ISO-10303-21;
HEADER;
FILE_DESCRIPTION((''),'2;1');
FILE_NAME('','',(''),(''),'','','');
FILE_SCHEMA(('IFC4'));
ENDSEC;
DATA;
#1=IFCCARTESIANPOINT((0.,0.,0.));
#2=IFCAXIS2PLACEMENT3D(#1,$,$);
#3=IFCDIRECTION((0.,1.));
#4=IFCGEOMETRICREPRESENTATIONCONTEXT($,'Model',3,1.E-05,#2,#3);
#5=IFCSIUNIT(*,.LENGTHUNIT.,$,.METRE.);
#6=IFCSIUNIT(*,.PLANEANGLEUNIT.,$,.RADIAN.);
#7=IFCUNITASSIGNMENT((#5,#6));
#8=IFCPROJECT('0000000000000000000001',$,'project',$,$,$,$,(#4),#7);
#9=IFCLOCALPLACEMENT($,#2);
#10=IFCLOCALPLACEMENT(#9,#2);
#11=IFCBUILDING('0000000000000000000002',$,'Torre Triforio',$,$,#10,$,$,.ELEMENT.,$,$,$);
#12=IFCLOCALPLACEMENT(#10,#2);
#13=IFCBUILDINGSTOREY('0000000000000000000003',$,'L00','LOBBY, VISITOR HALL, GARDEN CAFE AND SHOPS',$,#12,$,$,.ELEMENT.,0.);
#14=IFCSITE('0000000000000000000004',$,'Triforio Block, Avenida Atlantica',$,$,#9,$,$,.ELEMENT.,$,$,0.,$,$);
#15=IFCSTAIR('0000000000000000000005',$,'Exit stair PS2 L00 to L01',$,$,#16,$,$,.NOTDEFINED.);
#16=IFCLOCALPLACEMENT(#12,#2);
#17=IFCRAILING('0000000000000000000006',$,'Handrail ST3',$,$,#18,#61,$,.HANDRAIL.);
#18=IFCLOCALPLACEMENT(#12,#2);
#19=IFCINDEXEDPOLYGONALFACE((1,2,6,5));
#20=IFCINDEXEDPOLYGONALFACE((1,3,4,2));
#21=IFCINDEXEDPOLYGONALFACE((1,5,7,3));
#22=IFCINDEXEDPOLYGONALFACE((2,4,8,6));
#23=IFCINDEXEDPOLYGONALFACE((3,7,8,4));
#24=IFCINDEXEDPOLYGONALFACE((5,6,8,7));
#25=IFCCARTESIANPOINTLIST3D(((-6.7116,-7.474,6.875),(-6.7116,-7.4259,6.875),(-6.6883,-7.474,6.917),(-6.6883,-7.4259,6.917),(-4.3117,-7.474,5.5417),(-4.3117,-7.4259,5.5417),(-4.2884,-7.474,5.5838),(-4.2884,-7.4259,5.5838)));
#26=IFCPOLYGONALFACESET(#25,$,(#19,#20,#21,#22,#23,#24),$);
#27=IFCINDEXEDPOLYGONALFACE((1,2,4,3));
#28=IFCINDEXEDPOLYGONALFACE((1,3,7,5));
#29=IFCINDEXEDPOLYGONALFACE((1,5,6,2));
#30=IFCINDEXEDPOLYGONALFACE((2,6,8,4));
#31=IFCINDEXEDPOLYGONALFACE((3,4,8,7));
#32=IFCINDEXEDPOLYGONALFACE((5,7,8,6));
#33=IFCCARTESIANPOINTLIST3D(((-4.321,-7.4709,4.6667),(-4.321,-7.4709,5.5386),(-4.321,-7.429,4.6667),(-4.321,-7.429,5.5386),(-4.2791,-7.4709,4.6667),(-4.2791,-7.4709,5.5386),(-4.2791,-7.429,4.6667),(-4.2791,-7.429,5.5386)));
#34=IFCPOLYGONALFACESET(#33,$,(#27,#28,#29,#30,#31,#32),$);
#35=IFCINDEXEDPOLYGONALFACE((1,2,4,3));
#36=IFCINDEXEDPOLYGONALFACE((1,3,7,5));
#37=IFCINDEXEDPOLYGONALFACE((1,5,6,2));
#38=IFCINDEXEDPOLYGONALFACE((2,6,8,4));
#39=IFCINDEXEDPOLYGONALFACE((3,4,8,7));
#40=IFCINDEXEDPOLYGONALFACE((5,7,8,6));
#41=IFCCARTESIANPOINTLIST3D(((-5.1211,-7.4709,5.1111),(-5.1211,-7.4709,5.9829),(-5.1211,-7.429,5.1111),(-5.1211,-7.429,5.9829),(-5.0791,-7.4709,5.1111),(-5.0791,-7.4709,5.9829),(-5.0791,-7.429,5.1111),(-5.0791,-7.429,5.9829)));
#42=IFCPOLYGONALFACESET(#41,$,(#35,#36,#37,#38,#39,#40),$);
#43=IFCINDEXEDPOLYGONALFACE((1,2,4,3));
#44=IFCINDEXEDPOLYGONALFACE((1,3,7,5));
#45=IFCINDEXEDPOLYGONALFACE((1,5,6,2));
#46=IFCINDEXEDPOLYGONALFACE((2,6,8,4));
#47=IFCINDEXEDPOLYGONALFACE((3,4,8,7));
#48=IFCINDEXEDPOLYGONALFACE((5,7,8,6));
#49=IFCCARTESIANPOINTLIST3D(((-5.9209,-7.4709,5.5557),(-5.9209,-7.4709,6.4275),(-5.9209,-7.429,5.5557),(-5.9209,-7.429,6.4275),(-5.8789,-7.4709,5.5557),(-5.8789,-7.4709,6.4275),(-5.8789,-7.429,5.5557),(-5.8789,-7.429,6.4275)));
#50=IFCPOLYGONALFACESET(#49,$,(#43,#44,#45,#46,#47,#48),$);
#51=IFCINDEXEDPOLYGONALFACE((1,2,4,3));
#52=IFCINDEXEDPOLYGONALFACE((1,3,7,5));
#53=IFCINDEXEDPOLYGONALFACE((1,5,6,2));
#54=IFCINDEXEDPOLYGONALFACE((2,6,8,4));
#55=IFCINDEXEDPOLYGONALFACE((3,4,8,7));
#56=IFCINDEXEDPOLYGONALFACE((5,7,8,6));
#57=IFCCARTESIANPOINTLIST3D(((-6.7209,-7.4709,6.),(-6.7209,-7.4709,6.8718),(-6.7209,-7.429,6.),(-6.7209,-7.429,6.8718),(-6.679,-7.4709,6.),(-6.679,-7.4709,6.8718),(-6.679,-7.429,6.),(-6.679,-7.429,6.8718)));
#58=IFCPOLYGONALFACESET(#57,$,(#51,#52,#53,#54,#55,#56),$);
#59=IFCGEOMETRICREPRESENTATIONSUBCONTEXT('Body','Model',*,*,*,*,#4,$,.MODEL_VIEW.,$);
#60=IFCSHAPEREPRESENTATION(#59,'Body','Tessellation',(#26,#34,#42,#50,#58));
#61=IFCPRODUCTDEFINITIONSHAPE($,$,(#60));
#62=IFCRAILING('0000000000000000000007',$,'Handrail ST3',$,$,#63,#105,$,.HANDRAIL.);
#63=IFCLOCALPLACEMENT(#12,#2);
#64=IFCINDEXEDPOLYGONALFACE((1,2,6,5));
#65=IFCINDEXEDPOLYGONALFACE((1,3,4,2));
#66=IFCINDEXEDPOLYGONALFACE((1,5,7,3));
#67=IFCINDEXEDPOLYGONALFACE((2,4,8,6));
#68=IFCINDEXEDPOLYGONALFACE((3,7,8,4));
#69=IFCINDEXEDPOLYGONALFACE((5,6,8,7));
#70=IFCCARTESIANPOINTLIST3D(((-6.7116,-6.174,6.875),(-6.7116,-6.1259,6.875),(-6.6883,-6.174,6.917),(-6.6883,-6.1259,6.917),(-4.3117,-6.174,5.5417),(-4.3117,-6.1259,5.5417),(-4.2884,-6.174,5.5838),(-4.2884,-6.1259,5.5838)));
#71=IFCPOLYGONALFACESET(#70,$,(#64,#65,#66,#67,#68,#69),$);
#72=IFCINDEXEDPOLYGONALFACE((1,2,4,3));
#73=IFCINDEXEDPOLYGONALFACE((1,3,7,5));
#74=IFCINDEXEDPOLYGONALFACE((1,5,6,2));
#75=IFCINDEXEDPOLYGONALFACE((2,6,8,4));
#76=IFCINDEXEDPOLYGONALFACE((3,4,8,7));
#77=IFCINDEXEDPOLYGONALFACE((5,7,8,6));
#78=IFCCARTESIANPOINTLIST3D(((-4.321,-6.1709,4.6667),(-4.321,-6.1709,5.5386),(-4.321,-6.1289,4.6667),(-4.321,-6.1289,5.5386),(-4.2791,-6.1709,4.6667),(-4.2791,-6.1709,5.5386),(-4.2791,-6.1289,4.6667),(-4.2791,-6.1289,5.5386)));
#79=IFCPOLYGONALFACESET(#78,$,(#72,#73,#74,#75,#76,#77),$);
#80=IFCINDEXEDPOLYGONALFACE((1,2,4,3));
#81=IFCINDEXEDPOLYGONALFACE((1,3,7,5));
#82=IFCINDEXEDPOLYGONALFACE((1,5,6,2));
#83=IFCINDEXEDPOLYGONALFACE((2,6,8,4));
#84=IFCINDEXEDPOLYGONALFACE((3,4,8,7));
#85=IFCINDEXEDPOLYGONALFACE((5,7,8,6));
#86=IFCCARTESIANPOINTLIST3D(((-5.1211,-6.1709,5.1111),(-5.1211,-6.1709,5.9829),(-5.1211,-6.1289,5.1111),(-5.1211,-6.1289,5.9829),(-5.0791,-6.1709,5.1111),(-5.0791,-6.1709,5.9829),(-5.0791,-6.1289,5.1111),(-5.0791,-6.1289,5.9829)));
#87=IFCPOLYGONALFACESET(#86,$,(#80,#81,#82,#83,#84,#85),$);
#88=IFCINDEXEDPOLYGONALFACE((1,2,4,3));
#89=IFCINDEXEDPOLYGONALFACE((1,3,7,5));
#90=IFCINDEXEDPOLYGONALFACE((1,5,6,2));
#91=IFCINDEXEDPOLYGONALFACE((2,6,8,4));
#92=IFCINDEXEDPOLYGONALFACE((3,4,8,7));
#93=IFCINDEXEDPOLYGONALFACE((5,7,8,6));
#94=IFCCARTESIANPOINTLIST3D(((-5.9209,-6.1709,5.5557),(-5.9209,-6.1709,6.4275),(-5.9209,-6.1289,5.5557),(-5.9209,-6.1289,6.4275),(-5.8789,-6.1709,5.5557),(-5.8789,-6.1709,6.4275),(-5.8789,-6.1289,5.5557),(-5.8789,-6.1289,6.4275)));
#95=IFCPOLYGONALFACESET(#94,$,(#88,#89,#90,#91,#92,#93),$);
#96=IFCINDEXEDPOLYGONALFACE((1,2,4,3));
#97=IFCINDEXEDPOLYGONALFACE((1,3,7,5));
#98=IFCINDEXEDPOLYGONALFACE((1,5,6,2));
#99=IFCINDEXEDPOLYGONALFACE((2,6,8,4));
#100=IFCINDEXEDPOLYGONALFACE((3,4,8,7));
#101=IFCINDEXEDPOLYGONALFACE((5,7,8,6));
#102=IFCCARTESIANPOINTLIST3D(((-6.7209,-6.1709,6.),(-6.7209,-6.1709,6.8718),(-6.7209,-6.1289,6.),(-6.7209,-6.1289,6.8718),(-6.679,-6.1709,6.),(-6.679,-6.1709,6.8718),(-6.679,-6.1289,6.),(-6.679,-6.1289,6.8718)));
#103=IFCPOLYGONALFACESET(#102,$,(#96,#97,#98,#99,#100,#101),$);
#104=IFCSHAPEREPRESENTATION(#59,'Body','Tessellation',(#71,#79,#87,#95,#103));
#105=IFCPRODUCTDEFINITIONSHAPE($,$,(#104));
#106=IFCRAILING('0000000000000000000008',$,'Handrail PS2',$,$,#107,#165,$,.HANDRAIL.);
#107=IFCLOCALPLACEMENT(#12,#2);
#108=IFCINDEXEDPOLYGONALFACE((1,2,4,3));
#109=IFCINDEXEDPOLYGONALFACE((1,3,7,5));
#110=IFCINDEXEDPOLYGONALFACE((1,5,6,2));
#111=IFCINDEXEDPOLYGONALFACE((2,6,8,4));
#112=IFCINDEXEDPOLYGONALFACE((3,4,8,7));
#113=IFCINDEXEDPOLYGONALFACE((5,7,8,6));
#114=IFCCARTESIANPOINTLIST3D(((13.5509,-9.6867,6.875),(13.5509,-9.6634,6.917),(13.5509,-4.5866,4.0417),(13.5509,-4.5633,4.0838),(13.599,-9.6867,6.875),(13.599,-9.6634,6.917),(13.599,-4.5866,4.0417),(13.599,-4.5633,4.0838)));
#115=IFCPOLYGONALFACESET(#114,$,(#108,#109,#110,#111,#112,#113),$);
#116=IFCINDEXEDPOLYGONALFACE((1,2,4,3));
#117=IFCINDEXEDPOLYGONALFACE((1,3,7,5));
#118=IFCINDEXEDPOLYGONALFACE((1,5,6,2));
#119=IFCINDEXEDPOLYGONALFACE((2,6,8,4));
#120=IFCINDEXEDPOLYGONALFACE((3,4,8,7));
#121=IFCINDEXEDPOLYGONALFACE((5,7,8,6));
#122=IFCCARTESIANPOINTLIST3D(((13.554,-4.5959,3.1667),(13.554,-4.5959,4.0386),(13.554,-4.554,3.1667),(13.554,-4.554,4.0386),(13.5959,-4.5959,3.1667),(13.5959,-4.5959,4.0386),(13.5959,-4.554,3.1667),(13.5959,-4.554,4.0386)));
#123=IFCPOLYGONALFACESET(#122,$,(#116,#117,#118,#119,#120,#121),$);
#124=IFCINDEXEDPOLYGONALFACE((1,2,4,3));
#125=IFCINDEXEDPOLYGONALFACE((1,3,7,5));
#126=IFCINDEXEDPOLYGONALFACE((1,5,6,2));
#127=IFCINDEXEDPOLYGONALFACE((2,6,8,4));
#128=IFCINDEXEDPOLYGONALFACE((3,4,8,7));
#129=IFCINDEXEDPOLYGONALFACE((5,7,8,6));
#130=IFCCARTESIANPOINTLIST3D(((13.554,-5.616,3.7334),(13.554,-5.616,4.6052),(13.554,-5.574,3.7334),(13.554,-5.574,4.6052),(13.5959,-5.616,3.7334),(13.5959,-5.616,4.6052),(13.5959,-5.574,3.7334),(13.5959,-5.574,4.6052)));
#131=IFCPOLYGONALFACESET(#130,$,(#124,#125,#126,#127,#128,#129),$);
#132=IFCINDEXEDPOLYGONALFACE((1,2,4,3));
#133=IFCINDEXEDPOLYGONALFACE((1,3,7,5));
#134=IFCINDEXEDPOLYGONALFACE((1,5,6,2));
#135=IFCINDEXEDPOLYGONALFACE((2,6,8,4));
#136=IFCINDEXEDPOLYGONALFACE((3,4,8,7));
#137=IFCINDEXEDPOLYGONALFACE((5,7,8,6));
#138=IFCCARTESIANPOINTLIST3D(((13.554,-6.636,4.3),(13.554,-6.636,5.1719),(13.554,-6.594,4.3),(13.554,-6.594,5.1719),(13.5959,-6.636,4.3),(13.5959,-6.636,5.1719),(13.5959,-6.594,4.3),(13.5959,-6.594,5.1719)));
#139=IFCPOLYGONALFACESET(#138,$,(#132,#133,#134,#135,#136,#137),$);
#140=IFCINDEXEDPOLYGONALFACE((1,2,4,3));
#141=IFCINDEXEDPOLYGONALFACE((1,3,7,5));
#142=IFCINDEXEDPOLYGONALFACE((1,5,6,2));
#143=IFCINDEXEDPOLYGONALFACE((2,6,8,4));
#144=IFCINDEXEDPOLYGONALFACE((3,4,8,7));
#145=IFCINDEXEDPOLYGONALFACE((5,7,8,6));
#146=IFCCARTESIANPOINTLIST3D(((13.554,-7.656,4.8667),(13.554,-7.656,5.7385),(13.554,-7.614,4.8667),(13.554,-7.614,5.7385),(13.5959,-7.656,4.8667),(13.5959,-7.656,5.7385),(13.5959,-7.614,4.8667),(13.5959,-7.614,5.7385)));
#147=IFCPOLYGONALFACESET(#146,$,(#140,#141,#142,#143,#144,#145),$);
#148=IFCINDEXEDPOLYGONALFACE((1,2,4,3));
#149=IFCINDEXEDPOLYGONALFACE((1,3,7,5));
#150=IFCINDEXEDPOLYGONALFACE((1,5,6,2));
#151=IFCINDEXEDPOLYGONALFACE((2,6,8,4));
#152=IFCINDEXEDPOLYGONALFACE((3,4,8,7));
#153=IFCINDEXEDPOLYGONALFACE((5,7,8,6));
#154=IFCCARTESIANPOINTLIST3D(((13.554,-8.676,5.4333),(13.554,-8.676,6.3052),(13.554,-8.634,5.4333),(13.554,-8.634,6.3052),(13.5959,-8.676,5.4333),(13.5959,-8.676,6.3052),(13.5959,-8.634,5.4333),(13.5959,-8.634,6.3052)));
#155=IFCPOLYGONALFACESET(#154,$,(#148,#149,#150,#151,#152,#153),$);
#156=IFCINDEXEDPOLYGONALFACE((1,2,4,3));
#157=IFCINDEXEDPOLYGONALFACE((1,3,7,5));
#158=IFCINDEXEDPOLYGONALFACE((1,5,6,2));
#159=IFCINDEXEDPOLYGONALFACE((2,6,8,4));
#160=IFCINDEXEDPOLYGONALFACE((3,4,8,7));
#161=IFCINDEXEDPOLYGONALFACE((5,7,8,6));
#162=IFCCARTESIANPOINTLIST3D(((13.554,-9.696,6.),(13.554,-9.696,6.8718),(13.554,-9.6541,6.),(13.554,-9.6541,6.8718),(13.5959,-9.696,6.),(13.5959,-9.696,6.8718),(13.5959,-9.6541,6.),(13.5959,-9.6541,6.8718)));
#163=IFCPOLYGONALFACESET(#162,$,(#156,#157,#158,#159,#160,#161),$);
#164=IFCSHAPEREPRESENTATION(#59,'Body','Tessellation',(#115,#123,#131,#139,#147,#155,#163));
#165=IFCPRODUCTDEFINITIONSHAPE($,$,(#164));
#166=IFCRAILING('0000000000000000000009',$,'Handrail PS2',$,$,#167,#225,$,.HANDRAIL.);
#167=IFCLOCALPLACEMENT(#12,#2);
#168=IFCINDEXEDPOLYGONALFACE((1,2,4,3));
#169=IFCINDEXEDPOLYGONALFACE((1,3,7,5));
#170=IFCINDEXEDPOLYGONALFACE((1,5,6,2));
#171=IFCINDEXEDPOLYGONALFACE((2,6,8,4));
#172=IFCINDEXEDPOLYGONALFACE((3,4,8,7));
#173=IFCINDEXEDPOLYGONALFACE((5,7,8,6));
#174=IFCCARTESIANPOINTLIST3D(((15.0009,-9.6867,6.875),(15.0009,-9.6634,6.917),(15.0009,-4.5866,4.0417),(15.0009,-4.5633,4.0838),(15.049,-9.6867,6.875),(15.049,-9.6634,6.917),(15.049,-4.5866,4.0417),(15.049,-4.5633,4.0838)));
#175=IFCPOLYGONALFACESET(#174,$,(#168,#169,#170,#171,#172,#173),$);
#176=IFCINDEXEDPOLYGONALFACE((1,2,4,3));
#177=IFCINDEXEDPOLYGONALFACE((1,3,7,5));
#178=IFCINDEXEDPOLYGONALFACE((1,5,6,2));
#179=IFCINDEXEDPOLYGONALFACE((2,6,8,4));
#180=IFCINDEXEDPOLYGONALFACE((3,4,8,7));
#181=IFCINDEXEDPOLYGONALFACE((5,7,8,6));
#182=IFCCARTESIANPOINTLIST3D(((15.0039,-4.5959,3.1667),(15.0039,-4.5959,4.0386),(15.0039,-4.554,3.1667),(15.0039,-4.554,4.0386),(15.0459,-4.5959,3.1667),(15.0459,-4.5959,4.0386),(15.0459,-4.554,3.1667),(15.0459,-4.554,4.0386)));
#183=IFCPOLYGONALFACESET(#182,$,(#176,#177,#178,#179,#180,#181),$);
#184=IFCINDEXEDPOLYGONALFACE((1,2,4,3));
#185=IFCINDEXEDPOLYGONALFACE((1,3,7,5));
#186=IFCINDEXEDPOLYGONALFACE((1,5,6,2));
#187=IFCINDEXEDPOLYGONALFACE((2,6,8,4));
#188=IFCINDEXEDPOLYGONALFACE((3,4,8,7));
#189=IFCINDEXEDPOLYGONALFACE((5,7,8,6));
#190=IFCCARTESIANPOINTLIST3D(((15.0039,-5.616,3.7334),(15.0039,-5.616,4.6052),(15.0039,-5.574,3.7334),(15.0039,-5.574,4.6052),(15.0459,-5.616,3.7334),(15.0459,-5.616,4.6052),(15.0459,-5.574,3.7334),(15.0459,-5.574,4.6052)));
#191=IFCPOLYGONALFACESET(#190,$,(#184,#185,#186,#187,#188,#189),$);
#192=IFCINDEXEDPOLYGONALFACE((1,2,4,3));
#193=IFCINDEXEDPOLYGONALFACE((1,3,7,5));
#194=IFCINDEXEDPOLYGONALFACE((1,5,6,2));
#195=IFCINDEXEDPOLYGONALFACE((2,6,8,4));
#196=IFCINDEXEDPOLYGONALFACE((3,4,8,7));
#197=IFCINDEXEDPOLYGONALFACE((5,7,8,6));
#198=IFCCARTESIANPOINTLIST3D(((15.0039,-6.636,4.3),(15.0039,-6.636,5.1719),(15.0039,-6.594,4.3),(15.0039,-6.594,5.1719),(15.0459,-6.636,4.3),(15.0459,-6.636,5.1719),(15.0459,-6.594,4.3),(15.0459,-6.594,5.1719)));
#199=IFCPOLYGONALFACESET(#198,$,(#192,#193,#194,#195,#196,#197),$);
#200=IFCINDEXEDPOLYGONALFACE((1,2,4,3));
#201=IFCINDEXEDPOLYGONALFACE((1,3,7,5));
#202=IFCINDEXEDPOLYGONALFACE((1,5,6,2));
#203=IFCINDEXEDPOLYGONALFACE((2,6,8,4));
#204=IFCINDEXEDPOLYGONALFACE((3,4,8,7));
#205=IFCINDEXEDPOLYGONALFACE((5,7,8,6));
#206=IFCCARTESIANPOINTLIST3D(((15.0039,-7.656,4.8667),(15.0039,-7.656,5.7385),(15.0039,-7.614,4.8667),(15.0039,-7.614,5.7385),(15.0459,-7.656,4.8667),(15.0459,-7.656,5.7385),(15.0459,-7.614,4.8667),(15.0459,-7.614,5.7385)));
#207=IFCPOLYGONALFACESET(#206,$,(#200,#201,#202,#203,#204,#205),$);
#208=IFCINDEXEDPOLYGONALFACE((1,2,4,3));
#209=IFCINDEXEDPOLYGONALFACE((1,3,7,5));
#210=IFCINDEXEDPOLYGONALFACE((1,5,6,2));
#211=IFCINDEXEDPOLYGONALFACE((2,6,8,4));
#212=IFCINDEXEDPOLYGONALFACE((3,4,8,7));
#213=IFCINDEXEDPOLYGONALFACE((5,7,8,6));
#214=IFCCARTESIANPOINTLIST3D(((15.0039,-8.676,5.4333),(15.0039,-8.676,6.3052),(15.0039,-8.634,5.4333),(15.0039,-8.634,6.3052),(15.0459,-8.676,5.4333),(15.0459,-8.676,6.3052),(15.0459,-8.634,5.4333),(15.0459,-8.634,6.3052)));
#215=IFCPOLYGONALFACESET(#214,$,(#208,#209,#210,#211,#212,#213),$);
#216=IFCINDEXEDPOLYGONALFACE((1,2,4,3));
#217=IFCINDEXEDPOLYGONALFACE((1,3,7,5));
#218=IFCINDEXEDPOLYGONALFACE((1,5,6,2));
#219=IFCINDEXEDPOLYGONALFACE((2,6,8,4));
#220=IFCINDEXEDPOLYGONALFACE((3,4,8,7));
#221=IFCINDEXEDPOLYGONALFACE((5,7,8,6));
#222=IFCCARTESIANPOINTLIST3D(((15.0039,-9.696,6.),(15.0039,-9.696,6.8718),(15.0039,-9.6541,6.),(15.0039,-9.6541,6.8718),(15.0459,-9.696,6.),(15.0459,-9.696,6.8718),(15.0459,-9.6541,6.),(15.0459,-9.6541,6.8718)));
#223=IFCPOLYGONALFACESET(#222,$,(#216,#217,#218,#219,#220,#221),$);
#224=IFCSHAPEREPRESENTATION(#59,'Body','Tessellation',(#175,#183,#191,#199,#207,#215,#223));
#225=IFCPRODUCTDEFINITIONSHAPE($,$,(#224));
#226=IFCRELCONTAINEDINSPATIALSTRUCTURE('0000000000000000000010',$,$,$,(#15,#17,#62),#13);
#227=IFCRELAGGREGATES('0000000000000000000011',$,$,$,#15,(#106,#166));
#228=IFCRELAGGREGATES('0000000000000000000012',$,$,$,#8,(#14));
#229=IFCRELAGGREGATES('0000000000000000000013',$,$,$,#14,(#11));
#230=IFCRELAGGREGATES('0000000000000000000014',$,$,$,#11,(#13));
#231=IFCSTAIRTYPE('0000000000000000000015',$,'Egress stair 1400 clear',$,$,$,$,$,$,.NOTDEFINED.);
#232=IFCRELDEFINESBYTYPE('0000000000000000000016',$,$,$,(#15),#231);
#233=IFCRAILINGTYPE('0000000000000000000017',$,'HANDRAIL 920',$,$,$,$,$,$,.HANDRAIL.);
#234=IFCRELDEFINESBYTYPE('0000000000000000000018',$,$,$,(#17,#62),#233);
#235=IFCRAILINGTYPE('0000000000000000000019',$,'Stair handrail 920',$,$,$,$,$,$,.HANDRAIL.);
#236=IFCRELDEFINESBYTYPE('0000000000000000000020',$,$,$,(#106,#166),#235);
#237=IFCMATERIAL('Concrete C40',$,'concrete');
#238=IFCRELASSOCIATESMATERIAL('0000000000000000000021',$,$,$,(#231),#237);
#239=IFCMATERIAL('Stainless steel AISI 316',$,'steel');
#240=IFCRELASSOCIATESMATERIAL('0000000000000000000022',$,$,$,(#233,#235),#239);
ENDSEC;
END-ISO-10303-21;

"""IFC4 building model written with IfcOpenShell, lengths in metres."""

from ifc_helpers import new_model, si_unit, direction, frame, origin, origin_2d, place, context, subcontext, project, spatial, rectangle, extrude, material, type_object, element, aggregate, save


model = new_model("IFC4")

# Units and contexts
model_context = context("Model", 3, precision=1e-05, world=origin(), true_north=direction((0.0, 1.0)))
body_context = subcontext(model_context, "Body", "Model", "MODEL_VIEW")
ifc_project = project(units=[si_unit("LENGTHUNIT", "METRE"), si_unit("PLANEANGLEUNIT", "RADIAN")], contexts=[model_context])

# Site, building, storey
site_placement = place(None, origin())
site = spatial("IfcSite", under=ifc_project, at=site_placement, Name="Triforio Block, Avenida Atlantica", CompositionType="ELEMENT", RefElevation=0.0)
building_placement = place(site_placement, origin())
building = spatial("IfcBuilding", under=site, at=building_placement, Name="Torre Triforio", CompositionType="ELEMENT")
storey_placement = place(building_placement, origin())
storey = spatial("IfcBuildingStorey", under=building, at=storey_placement, Name="L00", Description="LOBBY, VISITOR HALL, GARDEN CAFE AND SHOPS", CompositionType="ELEMENT", Elevation=0.0)

# Stair
ifc_material_1 = material(Name="Concrete C40", Category="concrete")
stair_type_1 = type_object("IfcStairType", Name="Egress stair 1400 clear", PredefinedType="NOTDEFINED", material=ifc_material_1)
stair_1_placement = place(storey_placement, origin())
stair_1 = element("IfcStair", 1, at=stair_1_placement, inside=storey, type_object=stair_type_1, Name="Exit stair PS2 L00 to L01", PredefinedType="NOTDEFINED")

# Railings
ifc_material_2 = material(Name="Stainless steel AISI 316", Category="steel")
railing_type_1 = type_object("IfcRailingType", Name="HANDRAIL 920", PredefinedType="HANDRAIL", material=ifc_material_2)
for number, where, name in (
    (2, (-4.3, -7.45, 4.6667), "Handrail ST3"),
    (3, (-4.3, -6.1499, 4.6667), "Handrail ST3"),
):
    element("IfcRailing", number, at=place(storey_placement, frame(where)), inside=storey, type_object=railing_type_1, Name=name, PredefinedType="HANDRAIL", context=body_context, shape_type="SweptSolid", body=[
        extrude(rectangle(XDim=0.0481, YDim=0.0481, at=origin_2d()), frame((0.0, 0.0, 0.896), z_axis=(-0.874161, 0.0, 0.485635), x_axis=(0.0, -1.0, 0.0)), (0.0, 0.0, 1.0), 2.7454),
        extrude(rectangle(XDim=0.042, YDim=0.042, at=origin_2d()), origin(), (0.0, 0.0, 1.0), 0.8718),
        extrude(rectangle(XDim=0.042, YDim=0.042, at=origin_2d()), frame((-0.8, 0.0, 0.4443)), (0.0, 0.0, 1.0), 0.8718),
        extrude(rectangle(XDim=0.042, YDim=0.042, at=origin_2d()), frame((-1.5999, 0.0, 0.8889)), (0.0, 0.0, 1.0), 0.8718),
        extrude(rectangle(XDim=0.042, YDim=0.042, at=origin_2d()), frame((-2.3999, 0.0, 1.3333)), (0.0, 0.0, 1.0), 0.8718),
    ])

# Railings
railing_type_2 = type_object("IfcRailingType", Name="Stair handrail 920", PredefinedType="HANDRAIL", material=ifc_material_2)
railing_1_placement = place(storey_placement, frame((13.575, -4.575, 3.1667)))
railing_1 = element("IfcRailing", 4, at=railing_1_placement, type_object=railing_type_2, Name="Handrail PS2", PredefinedType="HANDRAIL", context=body_context, shape_type="SweptSolid", body=[
    extrude(rectangle(XDim=0.0481, YDim=0.0481, at=origin_2d()), frame((0.0, 0.0, 0.896), z_axis=(0.0, -0.874167, 0.485625), x_axis=(1.0, 0.0, 0.0)), (0.0, 0.0, 1.0), 5.8342),
    extrude(rectangle(XDim=0.042, YDim=0.042, at=origin_2d()), origin(), (0.0, 0.0, 1.0), 0.8718),
    extrude(rectangle(XDim=0.042, YDim=0.042, at=origin_2d()), frame((0.0, -1.02, 0.5667)), (0.0, 0.0, 1.0), 0.8718),
    extrude(rectangle(XDim=0.042, YDim=0.042, at=origin_2d()), frame((0.0, -2.04, 1.1333)), (0.0, 0.0, 1.0), 0.8718),
    extrude(rectangle(XDim=0.042, YDim=0.042, at=origin_2d()), frame((0.0, -3.0601, 1.7)), (0.0, 0.0, 1.0), 0.8718),
    extrude(rectangle(XDim=0.042, YDim=0.042, at=origin_2d()), frame((0.0, -4.0801, 2.2666)), (0.0, 0.0, 1.0), 0.8718),
    extrude(rectangle(XDim=0.042, YDim=0.042, at=origin_2d()), frame((0.0, -5.1001, 2.8333)), (0.0, 0.0, 1.0), 0.8718),
])
railing_2_placement = place(storey_placement, frame((15.0249, -4.575, 3.1667)))
railing_2 = element("IfcRailing", 5, at=railing_2_placement, type_object=railing_type_2, Name="Handrail PS2", PredefinedType="HANDRAIL", context=body_context, shape_type="SweptSolid", body=[
    extrude(rectangle(XDim=0.0481, YDim=0.0481, at=origin_2d()), frame((0.0, 0.0, 0.896), z_axis=(0.0, -0.874167, 0.485625), x_axis=(1.0, 0.0, 0.0)), (0.0, 0.0, 1.0), 5.8342),
    extrude(rectangle(XDim=0.042, YDim=0.042, at=origin_2d()), origin(), (0.0, 0.0, 1.0), 0.8718),
    extrude(rectangle(XDim=0.042, YDim=0.042, at=origin_2d()), frame((0.0, -1.02, 0.5667)), (0.0, 0.0, 1.0), 0.8718),
    extrude(rectangle(XDim=0.042, YDim=0.042, at=origin_2d()), frame((0.0, -2.04, 1.1333)), (0.0, 0.0, 1.0), 0.8718),
    extrude(rectangle(XDim=0.042, YDim=0.042, at=origin_2d()), frame((0.0, -3.0601, 1.7)), (0.0, 0.0, 1.0), 0.8718),
    extrude(rectangle(XDim=0.042, YDim=0.042, at=origin_2d()), frame((0.0, -4.0801, 2.2666)), (0.0, 0.0, 1.0), 0.8718),
    extrude(rectangle(XDim=0.042, YDim=0.042, at=origin_2d()), frame((0.0, -5.1001, 2.8333)), (0.0, 0.0, 1.0), 0.8718),
])
aggregate(stair_1, [railing_1, railing_2])

save(model, "model.ifc")
